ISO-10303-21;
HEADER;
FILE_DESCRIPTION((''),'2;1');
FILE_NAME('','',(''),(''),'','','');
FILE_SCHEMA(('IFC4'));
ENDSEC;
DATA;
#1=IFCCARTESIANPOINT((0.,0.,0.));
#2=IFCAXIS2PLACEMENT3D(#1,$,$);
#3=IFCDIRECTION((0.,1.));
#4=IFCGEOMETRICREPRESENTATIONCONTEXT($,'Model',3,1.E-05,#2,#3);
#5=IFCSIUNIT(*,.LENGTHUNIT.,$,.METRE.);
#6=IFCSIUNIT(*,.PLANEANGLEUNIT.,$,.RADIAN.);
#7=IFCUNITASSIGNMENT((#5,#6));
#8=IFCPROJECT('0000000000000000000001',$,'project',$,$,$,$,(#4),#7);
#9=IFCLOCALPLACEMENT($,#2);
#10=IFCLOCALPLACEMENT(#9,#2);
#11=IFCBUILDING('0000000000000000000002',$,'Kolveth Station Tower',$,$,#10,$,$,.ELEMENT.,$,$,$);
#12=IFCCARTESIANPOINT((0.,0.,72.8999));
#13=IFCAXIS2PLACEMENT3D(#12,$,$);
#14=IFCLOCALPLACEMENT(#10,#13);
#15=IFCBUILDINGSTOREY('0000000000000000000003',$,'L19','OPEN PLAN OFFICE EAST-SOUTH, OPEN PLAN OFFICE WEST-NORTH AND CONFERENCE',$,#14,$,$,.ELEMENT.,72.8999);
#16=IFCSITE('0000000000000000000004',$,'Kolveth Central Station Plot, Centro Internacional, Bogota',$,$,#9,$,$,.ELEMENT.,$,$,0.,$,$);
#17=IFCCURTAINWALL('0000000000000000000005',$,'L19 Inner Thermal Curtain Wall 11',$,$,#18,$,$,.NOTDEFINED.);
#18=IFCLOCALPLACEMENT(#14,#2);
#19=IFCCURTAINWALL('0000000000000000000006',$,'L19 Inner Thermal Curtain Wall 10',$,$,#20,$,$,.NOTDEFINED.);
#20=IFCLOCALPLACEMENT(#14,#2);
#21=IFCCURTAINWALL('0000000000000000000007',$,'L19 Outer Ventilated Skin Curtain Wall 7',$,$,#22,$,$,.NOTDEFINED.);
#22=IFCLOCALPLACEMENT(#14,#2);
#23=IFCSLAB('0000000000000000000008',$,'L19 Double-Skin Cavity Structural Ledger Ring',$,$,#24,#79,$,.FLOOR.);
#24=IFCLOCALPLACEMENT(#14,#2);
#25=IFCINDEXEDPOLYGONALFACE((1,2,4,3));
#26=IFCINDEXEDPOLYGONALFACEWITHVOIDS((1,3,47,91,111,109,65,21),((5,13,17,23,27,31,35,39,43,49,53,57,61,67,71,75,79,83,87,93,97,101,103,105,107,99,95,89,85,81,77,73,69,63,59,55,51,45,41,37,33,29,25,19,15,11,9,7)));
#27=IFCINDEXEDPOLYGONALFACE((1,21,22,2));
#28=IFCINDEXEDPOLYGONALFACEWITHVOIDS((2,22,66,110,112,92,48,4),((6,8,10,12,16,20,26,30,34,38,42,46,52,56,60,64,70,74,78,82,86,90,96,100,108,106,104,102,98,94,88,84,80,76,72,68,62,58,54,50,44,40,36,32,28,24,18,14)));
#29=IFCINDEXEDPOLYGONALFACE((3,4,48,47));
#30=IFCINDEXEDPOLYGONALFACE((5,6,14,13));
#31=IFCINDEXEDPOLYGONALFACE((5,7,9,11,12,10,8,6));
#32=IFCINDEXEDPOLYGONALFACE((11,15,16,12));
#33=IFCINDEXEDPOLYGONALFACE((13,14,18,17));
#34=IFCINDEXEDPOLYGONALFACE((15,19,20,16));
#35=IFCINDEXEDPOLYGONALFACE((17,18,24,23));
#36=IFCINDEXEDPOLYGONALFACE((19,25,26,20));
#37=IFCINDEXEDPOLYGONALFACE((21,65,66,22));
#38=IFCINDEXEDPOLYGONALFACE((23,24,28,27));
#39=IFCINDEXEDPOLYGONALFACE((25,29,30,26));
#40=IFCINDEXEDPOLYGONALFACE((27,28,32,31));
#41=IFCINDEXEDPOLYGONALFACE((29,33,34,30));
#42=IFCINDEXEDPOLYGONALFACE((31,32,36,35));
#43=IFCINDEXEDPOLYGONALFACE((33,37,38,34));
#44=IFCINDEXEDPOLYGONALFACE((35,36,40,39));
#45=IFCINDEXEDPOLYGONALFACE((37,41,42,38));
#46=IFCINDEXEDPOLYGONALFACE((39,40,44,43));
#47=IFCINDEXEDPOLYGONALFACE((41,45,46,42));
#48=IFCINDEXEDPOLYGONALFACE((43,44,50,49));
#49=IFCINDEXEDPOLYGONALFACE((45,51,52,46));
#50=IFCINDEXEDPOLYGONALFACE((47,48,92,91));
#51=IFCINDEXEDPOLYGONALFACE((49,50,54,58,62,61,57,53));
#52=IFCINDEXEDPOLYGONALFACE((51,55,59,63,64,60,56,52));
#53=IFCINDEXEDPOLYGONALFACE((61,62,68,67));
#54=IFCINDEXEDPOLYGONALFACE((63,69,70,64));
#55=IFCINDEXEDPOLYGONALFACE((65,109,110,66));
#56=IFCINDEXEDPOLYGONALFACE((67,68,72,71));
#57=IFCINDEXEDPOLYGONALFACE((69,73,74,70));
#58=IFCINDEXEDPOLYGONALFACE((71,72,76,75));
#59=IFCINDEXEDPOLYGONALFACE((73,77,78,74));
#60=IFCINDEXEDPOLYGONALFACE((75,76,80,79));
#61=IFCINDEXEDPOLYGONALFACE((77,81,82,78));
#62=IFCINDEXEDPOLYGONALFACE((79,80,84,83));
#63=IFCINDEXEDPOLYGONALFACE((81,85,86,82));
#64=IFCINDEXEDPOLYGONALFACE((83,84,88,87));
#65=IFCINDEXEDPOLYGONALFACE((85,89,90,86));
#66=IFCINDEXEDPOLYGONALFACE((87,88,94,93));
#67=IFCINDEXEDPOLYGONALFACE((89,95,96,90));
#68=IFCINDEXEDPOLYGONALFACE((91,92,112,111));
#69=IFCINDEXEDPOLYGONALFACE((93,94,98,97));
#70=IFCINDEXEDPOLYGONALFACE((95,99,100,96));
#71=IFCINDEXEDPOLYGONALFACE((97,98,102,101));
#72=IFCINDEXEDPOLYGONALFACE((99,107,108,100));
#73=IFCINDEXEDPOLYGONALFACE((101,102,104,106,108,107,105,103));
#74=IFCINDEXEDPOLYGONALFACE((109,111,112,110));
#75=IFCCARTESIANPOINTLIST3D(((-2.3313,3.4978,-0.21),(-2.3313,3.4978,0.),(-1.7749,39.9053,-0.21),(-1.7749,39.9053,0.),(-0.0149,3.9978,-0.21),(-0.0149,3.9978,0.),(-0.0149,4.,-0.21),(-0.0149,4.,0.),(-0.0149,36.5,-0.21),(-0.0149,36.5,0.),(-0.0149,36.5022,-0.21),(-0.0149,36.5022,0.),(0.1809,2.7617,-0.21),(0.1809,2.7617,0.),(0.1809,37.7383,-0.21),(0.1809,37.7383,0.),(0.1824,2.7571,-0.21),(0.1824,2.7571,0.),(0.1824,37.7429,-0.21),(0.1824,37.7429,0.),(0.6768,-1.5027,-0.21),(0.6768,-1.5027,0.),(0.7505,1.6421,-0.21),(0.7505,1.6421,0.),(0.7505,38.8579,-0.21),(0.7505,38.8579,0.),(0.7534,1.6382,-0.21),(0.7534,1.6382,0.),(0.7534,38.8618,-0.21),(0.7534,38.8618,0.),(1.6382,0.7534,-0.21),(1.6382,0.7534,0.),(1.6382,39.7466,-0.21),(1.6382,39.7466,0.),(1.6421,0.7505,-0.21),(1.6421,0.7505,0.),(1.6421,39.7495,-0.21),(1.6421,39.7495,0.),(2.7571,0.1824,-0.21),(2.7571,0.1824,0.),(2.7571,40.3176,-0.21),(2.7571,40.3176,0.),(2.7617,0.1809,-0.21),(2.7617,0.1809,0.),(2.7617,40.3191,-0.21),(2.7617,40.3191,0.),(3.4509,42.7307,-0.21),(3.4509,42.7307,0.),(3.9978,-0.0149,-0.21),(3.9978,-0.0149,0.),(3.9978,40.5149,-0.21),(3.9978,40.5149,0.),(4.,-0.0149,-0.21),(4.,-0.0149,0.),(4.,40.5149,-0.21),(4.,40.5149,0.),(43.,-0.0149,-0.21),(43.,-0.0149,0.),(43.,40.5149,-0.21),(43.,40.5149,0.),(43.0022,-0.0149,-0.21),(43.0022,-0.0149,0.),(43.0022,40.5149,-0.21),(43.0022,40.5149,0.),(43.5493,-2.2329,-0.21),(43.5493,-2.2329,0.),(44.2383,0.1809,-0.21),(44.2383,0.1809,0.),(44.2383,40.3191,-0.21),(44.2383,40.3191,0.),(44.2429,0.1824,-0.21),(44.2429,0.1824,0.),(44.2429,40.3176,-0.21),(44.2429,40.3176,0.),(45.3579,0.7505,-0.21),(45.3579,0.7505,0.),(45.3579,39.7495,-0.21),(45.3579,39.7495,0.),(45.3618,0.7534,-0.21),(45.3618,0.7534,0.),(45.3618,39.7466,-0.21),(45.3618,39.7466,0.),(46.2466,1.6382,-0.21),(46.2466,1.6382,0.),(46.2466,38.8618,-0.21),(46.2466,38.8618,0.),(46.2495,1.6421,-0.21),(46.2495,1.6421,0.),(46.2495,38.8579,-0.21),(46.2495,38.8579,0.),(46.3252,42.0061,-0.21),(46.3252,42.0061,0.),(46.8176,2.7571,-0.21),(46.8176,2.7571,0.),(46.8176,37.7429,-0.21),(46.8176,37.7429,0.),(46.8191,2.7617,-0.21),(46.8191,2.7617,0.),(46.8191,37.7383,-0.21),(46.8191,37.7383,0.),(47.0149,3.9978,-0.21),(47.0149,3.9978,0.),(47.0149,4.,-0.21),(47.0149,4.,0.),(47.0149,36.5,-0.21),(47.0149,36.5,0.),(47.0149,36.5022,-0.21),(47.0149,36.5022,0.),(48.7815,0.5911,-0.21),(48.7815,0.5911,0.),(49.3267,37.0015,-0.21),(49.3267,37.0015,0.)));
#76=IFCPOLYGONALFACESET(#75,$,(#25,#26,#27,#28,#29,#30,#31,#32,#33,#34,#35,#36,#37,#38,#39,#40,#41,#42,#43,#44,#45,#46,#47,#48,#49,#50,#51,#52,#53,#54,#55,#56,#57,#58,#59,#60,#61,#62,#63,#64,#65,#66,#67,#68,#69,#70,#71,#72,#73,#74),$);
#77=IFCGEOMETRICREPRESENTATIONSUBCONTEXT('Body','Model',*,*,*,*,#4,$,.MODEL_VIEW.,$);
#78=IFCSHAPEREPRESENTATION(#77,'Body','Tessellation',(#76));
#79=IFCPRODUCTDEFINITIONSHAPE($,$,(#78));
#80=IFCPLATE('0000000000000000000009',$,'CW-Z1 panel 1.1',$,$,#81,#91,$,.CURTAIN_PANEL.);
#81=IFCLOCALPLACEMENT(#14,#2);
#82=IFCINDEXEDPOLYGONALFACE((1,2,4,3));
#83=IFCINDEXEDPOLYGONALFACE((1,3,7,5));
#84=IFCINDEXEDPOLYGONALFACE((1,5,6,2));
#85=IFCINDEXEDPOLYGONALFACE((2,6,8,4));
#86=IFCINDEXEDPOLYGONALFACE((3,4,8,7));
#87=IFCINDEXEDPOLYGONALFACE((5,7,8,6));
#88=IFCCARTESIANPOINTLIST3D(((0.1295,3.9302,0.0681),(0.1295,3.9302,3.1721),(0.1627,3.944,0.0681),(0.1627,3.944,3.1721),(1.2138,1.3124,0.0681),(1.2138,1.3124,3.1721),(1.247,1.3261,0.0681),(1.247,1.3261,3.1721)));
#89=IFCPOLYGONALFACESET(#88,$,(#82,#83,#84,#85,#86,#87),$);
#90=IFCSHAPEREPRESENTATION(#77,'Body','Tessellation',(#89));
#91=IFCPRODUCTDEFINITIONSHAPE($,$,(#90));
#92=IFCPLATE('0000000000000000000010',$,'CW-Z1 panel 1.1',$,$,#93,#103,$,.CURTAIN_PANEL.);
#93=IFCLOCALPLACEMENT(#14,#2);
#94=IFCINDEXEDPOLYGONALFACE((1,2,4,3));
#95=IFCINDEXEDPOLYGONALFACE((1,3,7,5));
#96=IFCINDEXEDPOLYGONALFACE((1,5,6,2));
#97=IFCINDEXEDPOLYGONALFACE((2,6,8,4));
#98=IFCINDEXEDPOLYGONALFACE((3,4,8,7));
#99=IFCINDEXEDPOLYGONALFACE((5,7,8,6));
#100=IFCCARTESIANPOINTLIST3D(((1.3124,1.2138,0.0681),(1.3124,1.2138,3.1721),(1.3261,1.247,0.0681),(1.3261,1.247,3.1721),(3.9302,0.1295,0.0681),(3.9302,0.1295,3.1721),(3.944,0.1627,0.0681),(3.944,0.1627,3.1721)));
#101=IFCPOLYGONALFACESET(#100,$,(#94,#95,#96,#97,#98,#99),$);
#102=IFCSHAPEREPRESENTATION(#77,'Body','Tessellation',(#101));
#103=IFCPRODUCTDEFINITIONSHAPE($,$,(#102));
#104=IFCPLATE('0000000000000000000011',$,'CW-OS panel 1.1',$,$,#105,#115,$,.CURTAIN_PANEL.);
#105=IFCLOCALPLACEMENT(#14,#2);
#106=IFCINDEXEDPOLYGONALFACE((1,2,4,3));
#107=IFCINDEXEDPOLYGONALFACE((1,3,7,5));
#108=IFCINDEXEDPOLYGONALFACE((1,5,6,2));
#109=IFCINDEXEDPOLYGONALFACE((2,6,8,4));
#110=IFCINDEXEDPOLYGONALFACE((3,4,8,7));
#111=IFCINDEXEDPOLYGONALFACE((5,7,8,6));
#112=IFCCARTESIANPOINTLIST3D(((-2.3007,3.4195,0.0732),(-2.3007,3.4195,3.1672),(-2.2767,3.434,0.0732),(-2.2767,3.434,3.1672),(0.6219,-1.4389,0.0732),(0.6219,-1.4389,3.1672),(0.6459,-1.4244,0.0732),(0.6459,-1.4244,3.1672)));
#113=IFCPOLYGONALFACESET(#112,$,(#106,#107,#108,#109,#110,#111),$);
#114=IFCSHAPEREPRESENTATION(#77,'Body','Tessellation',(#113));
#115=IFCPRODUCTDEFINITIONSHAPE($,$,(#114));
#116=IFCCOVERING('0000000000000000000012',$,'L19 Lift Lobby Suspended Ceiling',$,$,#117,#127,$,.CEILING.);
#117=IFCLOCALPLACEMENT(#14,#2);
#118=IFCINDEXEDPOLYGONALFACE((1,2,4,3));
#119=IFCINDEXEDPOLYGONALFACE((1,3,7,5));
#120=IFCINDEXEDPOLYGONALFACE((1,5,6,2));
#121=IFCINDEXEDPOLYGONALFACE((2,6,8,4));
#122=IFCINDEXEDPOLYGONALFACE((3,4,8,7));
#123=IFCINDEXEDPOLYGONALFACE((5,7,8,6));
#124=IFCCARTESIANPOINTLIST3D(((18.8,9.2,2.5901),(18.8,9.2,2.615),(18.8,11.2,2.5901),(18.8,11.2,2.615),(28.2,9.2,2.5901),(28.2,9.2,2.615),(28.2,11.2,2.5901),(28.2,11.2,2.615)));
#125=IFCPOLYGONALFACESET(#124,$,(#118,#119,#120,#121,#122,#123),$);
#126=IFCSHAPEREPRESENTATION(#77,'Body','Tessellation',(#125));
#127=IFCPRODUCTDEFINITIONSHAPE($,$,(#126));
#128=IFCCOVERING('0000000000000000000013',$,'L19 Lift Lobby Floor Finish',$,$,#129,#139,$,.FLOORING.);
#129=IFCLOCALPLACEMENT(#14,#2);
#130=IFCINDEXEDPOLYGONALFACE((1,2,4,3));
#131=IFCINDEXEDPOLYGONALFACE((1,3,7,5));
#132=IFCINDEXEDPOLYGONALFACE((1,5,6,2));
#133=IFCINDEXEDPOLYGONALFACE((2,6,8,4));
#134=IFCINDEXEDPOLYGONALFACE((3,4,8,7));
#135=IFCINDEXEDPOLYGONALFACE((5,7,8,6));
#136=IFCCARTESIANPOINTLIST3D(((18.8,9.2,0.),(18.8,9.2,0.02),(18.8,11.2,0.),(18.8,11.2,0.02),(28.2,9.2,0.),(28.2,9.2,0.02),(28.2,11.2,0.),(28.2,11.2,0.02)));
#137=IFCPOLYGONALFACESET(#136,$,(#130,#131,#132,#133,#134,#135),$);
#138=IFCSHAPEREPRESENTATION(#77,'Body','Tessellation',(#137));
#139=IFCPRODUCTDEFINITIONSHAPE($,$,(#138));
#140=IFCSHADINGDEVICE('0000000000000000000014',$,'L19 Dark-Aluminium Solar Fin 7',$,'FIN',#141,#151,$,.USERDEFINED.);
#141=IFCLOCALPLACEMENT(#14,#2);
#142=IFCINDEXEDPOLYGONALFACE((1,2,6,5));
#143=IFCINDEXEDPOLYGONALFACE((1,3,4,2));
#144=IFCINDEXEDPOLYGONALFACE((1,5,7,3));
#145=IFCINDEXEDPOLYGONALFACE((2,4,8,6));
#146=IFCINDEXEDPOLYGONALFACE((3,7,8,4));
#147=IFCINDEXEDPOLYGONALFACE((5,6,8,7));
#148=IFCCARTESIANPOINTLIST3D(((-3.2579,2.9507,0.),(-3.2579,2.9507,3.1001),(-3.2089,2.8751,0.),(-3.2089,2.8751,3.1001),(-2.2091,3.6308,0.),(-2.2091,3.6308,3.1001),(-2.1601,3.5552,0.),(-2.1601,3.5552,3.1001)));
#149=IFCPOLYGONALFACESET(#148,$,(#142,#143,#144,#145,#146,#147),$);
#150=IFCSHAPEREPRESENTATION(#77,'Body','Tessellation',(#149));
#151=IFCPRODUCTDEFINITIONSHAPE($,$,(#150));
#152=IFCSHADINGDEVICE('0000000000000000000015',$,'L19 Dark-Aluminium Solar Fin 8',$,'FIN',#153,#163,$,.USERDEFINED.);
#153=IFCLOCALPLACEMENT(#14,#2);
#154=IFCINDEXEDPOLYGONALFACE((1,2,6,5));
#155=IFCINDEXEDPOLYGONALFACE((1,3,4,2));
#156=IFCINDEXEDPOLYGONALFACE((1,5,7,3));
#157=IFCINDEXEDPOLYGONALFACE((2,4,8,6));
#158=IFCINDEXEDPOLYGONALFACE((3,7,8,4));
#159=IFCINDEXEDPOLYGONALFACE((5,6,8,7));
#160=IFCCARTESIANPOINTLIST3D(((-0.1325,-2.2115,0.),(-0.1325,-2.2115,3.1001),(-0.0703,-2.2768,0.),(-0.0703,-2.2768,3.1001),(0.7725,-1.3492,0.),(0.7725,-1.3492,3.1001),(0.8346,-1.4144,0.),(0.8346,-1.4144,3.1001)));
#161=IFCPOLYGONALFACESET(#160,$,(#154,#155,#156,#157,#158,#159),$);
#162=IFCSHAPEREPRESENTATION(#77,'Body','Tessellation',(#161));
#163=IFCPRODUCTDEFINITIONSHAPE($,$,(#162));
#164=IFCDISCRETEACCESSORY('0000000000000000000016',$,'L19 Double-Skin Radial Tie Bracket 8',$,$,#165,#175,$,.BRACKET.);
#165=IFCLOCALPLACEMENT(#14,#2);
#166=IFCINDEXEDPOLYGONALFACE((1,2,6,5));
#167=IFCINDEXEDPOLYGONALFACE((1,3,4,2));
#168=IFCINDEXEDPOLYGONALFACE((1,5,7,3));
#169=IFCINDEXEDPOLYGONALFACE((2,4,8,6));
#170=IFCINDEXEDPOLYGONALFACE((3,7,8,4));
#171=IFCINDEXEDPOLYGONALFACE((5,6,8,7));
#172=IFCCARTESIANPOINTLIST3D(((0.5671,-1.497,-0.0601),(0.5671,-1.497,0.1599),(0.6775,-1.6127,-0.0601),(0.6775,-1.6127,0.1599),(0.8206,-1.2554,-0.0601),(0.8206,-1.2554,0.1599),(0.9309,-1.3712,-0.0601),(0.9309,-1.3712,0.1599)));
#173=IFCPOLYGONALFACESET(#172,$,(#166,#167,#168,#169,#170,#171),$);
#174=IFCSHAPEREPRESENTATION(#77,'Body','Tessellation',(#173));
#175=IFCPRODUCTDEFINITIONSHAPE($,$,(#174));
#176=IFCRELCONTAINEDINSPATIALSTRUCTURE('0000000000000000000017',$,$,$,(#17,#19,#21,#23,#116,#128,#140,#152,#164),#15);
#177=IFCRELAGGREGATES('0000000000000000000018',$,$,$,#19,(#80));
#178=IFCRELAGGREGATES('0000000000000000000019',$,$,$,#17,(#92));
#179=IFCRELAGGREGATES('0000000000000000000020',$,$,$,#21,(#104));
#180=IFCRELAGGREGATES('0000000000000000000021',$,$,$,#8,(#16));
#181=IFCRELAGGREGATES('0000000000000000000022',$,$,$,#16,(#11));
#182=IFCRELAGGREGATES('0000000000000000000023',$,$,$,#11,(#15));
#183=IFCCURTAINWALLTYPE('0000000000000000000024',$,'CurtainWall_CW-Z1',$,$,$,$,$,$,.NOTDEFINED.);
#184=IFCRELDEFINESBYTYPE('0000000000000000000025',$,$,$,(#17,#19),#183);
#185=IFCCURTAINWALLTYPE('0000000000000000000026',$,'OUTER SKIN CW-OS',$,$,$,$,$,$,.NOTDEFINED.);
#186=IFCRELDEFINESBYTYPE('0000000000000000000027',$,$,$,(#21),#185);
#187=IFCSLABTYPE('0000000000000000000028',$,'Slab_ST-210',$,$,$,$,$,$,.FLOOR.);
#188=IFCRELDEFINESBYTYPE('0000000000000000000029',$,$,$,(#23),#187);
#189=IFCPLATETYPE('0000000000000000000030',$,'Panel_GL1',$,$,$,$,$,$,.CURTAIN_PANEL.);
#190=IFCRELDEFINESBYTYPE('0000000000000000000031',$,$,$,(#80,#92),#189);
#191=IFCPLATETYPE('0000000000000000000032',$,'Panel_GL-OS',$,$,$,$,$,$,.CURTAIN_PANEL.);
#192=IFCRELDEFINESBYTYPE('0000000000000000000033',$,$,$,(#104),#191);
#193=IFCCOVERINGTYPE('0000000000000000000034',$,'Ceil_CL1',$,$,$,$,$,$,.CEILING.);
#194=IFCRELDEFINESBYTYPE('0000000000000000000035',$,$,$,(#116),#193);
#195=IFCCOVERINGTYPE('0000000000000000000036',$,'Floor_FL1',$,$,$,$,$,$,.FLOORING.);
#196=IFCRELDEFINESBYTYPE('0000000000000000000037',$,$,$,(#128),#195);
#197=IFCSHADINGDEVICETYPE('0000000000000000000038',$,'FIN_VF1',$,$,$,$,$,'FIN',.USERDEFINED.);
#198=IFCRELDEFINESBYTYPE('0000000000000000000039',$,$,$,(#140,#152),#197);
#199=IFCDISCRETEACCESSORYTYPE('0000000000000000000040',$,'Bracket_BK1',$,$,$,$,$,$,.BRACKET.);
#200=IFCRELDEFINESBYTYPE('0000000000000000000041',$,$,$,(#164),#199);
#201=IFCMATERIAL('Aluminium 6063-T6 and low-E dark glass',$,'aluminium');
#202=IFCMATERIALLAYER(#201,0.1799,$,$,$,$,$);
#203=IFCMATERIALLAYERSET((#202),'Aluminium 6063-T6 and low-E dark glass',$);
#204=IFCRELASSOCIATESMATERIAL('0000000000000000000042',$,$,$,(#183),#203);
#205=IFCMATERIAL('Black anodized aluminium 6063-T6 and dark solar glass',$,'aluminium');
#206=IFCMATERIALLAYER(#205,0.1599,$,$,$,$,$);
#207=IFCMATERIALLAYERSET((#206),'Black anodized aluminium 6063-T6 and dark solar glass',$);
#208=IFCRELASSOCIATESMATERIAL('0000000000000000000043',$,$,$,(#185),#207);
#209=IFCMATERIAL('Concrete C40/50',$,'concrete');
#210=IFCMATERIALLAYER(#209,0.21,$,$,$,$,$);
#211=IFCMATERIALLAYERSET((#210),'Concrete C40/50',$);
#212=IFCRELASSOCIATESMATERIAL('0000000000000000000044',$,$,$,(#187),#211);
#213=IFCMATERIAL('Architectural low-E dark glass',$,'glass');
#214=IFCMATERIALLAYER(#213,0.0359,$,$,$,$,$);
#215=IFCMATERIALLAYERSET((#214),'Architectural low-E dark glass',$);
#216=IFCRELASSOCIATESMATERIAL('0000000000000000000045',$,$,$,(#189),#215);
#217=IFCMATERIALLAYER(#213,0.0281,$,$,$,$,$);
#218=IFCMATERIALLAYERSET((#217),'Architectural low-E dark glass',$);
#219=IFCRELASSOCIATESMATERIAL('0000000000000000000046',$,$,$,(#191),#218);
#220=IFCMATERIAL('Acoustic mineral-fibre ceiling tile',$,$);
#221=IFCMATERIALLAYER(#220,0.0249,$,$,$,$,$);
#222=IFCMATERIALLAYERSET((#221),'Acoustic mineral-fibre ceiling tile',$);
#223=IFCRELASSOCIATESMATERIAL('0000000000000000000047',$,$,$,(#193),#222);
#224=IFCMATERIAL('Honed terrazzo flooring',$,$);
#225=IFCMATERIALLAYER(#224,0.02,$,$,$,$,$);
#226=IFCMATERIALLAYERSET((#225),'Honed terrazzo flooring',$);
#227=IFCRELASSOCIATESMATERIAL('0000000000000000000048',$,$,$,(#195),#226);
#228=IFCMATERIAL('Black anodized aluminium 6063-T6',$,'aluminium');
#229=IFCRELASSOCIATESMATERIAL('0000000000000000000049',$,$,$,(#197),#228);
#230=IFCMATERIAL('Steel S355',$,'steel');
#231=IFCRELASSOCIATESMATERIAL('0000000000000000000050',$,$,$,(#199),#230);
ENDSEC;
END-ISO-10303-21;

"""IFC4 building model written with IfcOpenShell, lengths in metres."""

from ifc_helpers import new_model, si_unit, direction, frame, origin, origin_2d, place, context, subcontext, project, spatial, polyline, rectangle, outline, extrude, source, transform, mapped, material, layer, layer_set, type_object, element, aggregate, save


model = new_model("IFC4")

# Units and contexts
model_context = context("Model", 3, precision=1e-05, world=origin(), true_north=direction((0.0, 1.0)))
body_context = subcontext(model_context, "Body", "Model", "MODEL_VIEW")
ifc_project = project(units=[si_unit("LENGTHUNIT", "METRE"), si_unit("PLANEANGLEUNIT", "RADIAN")], contexts=[model_context])

# Site, building, storey
site_placement = place(None, origin())
site = spatial("IfcSite", under=ifc_project, at=site_placement, Name="Kolveth Central Station Plot, Centro Internacional, Bogota", CompositionType="ELEMENT", RefElevation=0.0)
building_placement = place(site_placement, origin())
building = spatial("IfcBuilding", under=site, at=building_placement, Name="Kolveth Station Tower", CompositionType="ELEMENT")
storey_placement = place(building_placement, frame((0.0, 0.0, 72.8999)))
storey = spatial("IfcBuildingStorey", under=building, at=storey_placement, Name="L19", Description="OPEN PLAN OFFICE EAST-SOUTH, OPEN PLAN OFFICE WEST-NORTH AND CONFERENCE", CompositionType="ELEMENT", Elevation=72.8999)

# Shared definitions
ifc_material_1 = material(Name="Steel S355", Category="steel")

# Curtain wall
ifc_material_2 = material(Name="Aluminium 6063-T6 and low-E dark glass", Category="aluminium")
ifc_layer_1 = layer(ifc_material_2, 0.1799)
ifc_layer_set_1 = layer_set([ifc_layer_1], Name="Aluminium 6063-T6 and low-E dark glass")
curtain_wall_type_1 = type_object("IfcCurtainWallType", Name="CurtainWall_CW-Z1", PredefinedType="NOTDEFINED", material=ifc_layer_set_1)
curtain_wall_1_placement = place(storey_placement, origin())
curtain_wall_1 = element("IfcCurtainWall", 1, at=curtain_wall_1_placement, inside=storey, type_object=curtain_wall_type_1, Name="L19 Inner Thermal Curtain Wall 11", PredefinedType="NOTDEFINED")
ifc_material_3 = material(Name="Black anodized aluminium 6063-T6", Category="aluminium")

# Curtain wall
curtain_wall_2_placement = place(storey_placement, origin())
curtain_wall_2 = element("IfcCurtainWall", 2, at=curtain_wall_2_placement, inside=storey, type_object=curtain_wall_type_1, Name="L19 Inner Thermal Curtain Wall 10", PredefinedType="NOTDEFINED")

# Curtain wall
ifc_material_4 = material(Name="Black anodized aluminium 6063-T6 and dark solar glass", Category="aluminium")
ifc_layer_2 = layer(ifc_material_4, 0.1599)
ifc_layer_set_2 = layer_set([ifc_layer_2], Name="Black anodized aluminium 6063-T6 and dark solar glass")
curtain_wall_type_2 = type_object("IfcCurtainWallType", Name="OUTER SKIN CW-OS", PredefinedType="NOTDEFINED", material=ifc_layer_set_2)
curtain_wall_3_placement = place(storey_placement, origin())
curtain_wall_3 = element("IfcCurtainWall", 3, at=curtain_wall_3_placement, inside=storey, type_object=curtain_wall_type_2, Name="L19 Outer Ventilated Skin Curtain Wall 7", PredefinedType="NOTDEFINED")

# Shared definitions
ifc_material_5 = material(Name="Concrete C40/50", Category="concrete")

# Slab
ifc_layer_3 = layer(ifc_material_5, 0.21)
ifc_layer_set_3 = layer_set([ifc_layer_3], Name="Concrete C40/50")
slab_type_1 = type_object("IfcSlabType", Name="Slab_ST-210", PredefinedType="FLOOR", material=ifc_layer_set_3)
slab_1_placement = place(storey_placement, frame((0.0, 0.0, -0.21)))
element("IfcSlab", 4, at=slab_1_placement, inside=storey, type_object=slab_type_1, Name="L19 Double-Skin Cavity Structural Ledger Ring", PredefinedType="FLOOR", context=body_context, shape_type="SweptSolid", body=[
    extrude(outline(polyline([(0.6768, -1.5027), (-2.3313, 3.4978), (-1.7749, 39.9053), (3.4509, 42.7307), (46.3252, 42.0061), (49.3267, 37.0015), (48.7815, 0.5911), (43.5493, -2.2329), (0.6768, -1.5027)]), holes=[polyline([(43.0022, -0.0149), (44.2383, 0.1809), (44.2429, 0.1824), (45.3579, 0.7505), (45.3618, 0.7534), (46.2466, 1.6382), (46.2495, 1.6421), (46.8176, 2.7571), (46.8191, 2.7617), (47.0149, 3.9978), (47.0149, 4.0), (47.0149, 36.5), (47.0149, 36.5022), (46.8191, 37.7383), (46.8176, 37.7429), (46.2495, 38.8579), (46.2466, 38.8618), (45.3618, 39.7466), (45.3579, 39.7495), (44.2429, 40.3176), (44.2383, 40.3191), (43.0022, 40.5149), (43.0, 40.5149), (4.0, 40.5149), (3.9978, 40.5149), (2.7617, 40.3191), (2.7571, 40.3176), (1.6421, 39.7495), (1.6382, 39.7466), (0.7534, 38.8618), (0.7505, 38.8579), (0.1824, 37.7429), (0.1809, 37.7383), (-0.0149, 36.5022), (-0.0149, 36.5), (-0.0149, 4.0), (-0.0149, 3.9978), (0.1809, 2.7617), (0.1824, 2.7571), (0.7505, 1.6421), (0.7534, 1.6382), (1.6382, 0.7534), (1.6421, 0.7505), (2.7571, 0.1824), (2.7617, 0.1809), (3.9978, -0.0149), (4.0, -0.0149), (43.0, -0.0149), (43.0022, -0.0149)])]), origin(), (0.0, 0.0, 1.0), 0.21),
])

# Plates
ifc_material_6 = material(Name="Architectural low-E dark glass", Category="glass")
ifc_layer_4 = layer(ifc_material_6, 0.0359)
ifc_layer_set_4 = layer_set([ifc_layer_4], Name="Architectural low-E dark glass")
plate_type_1 = type_object("IfcPlateType", Name="Panel_GL1", PredefinedType="CURTAIN_PANEL", material=ifc_layer_set_4)
shared_shape_1 = source(origin(), body_context, "Body", "SweptSolid", [
    extrude(rectangle(XDim=2.8335, YDim=0.0359, at=origin_2d()), origin(), (0.0, 0.0, 1.0), 3.104),
])
plate_1_placement = place(storey_placement, frame((0.6882, 2.6282, 0.0681), z_axis=(0.0, 0.0, 1.0), x_axis=(0.382673, -0.923884, 0.0)))
plate_1 = element("IfcPlate", 5, at=plate_1_placement, type_object=plate_type_1, Name="CW-Z1 panel 1.1", PredefinedType="CURTAIN_PANEL", context=body_context, shape_type="MappedRepresentation", body=[
    mapped(shared_shape_1, transform((0.0, 0.0, 0.0), x_axis=(1.0, 0.0, 0.0), y_axis=(0.0, 1.0, 0.0), z_axis=(0.0, 0.0, 1.0), scale=1.0)),
])
aggregate(curtain_wall_2, [plate_1])
plate_2_placement = place(storey_placement, frame((2.6282, 0.6882, 0.0681), z_axis=(0.0, 0.0, 1.0), x_axis=(0.923884, -0.382673, 0.0)))
plate_2 = element("IfcPlate", 6, at=plate_2_placement, type_object=plate_type_1, Name="CW-Z1 panel 1.1", PredefinedType="CURTAIN_PANEL", context=body_context, shape_type="MappedRepresentation", body=[
    mapped(shared_shape_1, transform((0.0, 0.0, 0.0), x_axis=(1.0, 0.0, 0.0), y_axis=(0.0, 1.0, 0.0), z_axis=(0.0, 0.0, 1.0), scale=1.0)),
])
aggregate(curtain_wall_1, [plate_2])
ifc_layer_5 = layer(ifc_material_6, 0.0281)
ifc_layer_set_5 = layer_set([ifc_layer_5], Name="Architectural low-E dark glass")
plate_type_2 = type_object("IfcPlateType", Name="Panel_GL-OS", PredefinedType="CURTAIN_PANEL", material=ifc_layer_set_5)
shared_shape_2 = source(origin(), body_context, "Body", "SweptSolid", [
    extrude(rectangle(XDim=5.6697, YDim=0.0281, at=origin_2d()), origin(), (0.0, 0.0, 1.0), 3.094),
])
plate_3_placement = place(storey_placement, frame((-0.8274, 0.9976, 0.0732), z_axis=(0.0, 0.0, 1.0), x_axis=(0.515478, -0.856903, 0.0)))
plate_3 = element("IfcPlate", 7, at=plate_3_placement, type_object=plate_type_2, Name="CW-OS panel 1.1", PredefinedType="CURTAIN_PANEL", context=body_context, shape_type="MappedRepresentation", body=[
    mapped(shared_shape_2, transform((0.0, 0.0, 0.0), x_axis=(1.0, 0.0, 0.0), y_axis=(0.0, 1.0, 0.0), z_axis=(0.0, 0.0, 1.0), scale=1.0)),
])
aggregate(curtain_wall_3, [plate_3])

# Coverings
ifc_material_7 = material(Name="Acoustic mineral-fibre ceiling tile")
ifc_layer_6 = layer(ifc_material_7, 0.0249)
ifc_layer_set_6 = layer_set([ifc_layer_6], Name="Acoustic mineral-fibre ceiling tile")
covering_type_1 = type_object("IfcCoveringType", Name="Ceil_CL1", PredefinedType="CEILING", material=ifc_layer_set_6)
covering_1_placement = place(storey_placement, frame((0.0, 0.0, 2.5901)))
element("IfcCovering", 8, at=covering_1_placement, inside=storey, type_object=covering_type_1, Name="L19 Lift Lobby Suspended Ceiling", PredefinedType="CEILING", context=body_context, shape_type="SweptSolid", body=[
    extrude(outline(polyline([(18.8, 9.2), (28.2, 9.2), (28.2, 11.2), (18.8, 11.2), (18.8, 9.2)])), origin(), (0.0, 0.0, 1.0), 0.0249),
])
ifc_material_8 = material(Name="Honed terrazzo flooring")
ifc_layer_7 = layer(ifc_material_8, 0.02)
ifc_layer_set_7 = layer_set([ifc_layer_7], Name="Honed terrazzo flooring")
covering_type_2 = type_object("IfcCoveringType", Name="Floor_FL1", PredefinedType="FLOORING", material=ifc_layer_set_7)
covering_2_placement = place(storey_placement, origin())
element("IfcCovering", 9, at=covering_2_placement, inside=storey, type_object=covering_type_2, Name="L19 Lift Lobby Floor Finish", PredefinedType="FLOORING", context=body_context, shape_type="SweptSolid", body=[
    extrude(outline(polyline([(18.8, 9.2), (28.2, 9.2), (28.2, 11.2), (18.8, 11.2), (18.8, 9.2)])), origin(), (0.0, 0.0, 1.0), 0.02),
])

# Shading devices
shading_device_type = type_object("IfcShadingDeviceType", Name="FIN_VF1", ElementType="FIN", PredefinedType="USERDEFINED", material=ifc_material_3)
shared_shape_3 = source(origin(), body_context, "Body", "SweptSolid", [
    extrude(rectangle(XDim=1.25, YDim=0.0901, at=origin_2d()), origin(), (0.0, 0.0, 1.0), 3.1001),
])
for number, where, z_axis, x_axis, name in (
    (10, (-2.709, 3.2529, 0.0), (0.0, 0.0, 1.0), (-0.839051, -0.544053, 0.0), "L19 Dark-Aluminium Solar Fin 7"),
    (11, (0.3511, -1.813, 0.0), (0.0, 0.0, 1.0), (-0.723931, -0.689872, 0.0), "L19 Dark-Aluminium Solar Fin 8"),
):
    element("IfcShadingDevice", number, at=place(storey_placement, frame(where, z_axis=z_axis, x_axis=x_axis)), inside=storey, type_object=shading_device_type, Name=name, ObjectType="FIN", PredefinedType="USERDEFINED", context=body_context, shape_type="MappedRepresentation", body=[
        mapped(shared_shape_3, transform((0.0, 0.0, 0.0), x_axis=(1.0, 0.0, 0.0), y_axis=(0.0, 1.0, 0.0), z_axis=(0.0, 0.0, 1.0), scale=1.0)),
    ])

# Discrete accessory
discrete_accessory_type = type_object("IfcDiscreteAccessoryType", Name="Bracket_BK1", PredefinedType="BRACKET", material=ifc_material_1)
shared_shape_4 = source(origin(), body_context, "Body", "SweptSolid", [
    extrude(rectangle(XDim=0.3501, YDim=0.1599, at=origin_2d()), origin(), (0.0, 0.0, 1.0), 0.22),
])
discrete_accessory_placement = place(storey_placement, frame((0.749, -1.4341, -0.0601), z_axis=(0.0, 0.0, 1.0), x_axis=(-0.723931, -0.689872, 0.0)))
element("IfcDiscreteAccessory", 12, at=discrete_accessory_placement, inside=storey, type_object=discrete_accessory_type, Name="L19 Double-Skin Radial Tie Bracket 8", PredefinedType="BRACKET", context=body_context, shape_type="MappedRepresentation", body=[
    mapped(shared_shape_4, transform((0.0, 0.0, 0.0), x_axis=(1.0, 0.0, 0.0), y_axis=(0.0, 1.0, 0.0), z_axis=(0.0, 0.0, 1.0), scale=1.0)),
])

save(model, "model.ifc")
